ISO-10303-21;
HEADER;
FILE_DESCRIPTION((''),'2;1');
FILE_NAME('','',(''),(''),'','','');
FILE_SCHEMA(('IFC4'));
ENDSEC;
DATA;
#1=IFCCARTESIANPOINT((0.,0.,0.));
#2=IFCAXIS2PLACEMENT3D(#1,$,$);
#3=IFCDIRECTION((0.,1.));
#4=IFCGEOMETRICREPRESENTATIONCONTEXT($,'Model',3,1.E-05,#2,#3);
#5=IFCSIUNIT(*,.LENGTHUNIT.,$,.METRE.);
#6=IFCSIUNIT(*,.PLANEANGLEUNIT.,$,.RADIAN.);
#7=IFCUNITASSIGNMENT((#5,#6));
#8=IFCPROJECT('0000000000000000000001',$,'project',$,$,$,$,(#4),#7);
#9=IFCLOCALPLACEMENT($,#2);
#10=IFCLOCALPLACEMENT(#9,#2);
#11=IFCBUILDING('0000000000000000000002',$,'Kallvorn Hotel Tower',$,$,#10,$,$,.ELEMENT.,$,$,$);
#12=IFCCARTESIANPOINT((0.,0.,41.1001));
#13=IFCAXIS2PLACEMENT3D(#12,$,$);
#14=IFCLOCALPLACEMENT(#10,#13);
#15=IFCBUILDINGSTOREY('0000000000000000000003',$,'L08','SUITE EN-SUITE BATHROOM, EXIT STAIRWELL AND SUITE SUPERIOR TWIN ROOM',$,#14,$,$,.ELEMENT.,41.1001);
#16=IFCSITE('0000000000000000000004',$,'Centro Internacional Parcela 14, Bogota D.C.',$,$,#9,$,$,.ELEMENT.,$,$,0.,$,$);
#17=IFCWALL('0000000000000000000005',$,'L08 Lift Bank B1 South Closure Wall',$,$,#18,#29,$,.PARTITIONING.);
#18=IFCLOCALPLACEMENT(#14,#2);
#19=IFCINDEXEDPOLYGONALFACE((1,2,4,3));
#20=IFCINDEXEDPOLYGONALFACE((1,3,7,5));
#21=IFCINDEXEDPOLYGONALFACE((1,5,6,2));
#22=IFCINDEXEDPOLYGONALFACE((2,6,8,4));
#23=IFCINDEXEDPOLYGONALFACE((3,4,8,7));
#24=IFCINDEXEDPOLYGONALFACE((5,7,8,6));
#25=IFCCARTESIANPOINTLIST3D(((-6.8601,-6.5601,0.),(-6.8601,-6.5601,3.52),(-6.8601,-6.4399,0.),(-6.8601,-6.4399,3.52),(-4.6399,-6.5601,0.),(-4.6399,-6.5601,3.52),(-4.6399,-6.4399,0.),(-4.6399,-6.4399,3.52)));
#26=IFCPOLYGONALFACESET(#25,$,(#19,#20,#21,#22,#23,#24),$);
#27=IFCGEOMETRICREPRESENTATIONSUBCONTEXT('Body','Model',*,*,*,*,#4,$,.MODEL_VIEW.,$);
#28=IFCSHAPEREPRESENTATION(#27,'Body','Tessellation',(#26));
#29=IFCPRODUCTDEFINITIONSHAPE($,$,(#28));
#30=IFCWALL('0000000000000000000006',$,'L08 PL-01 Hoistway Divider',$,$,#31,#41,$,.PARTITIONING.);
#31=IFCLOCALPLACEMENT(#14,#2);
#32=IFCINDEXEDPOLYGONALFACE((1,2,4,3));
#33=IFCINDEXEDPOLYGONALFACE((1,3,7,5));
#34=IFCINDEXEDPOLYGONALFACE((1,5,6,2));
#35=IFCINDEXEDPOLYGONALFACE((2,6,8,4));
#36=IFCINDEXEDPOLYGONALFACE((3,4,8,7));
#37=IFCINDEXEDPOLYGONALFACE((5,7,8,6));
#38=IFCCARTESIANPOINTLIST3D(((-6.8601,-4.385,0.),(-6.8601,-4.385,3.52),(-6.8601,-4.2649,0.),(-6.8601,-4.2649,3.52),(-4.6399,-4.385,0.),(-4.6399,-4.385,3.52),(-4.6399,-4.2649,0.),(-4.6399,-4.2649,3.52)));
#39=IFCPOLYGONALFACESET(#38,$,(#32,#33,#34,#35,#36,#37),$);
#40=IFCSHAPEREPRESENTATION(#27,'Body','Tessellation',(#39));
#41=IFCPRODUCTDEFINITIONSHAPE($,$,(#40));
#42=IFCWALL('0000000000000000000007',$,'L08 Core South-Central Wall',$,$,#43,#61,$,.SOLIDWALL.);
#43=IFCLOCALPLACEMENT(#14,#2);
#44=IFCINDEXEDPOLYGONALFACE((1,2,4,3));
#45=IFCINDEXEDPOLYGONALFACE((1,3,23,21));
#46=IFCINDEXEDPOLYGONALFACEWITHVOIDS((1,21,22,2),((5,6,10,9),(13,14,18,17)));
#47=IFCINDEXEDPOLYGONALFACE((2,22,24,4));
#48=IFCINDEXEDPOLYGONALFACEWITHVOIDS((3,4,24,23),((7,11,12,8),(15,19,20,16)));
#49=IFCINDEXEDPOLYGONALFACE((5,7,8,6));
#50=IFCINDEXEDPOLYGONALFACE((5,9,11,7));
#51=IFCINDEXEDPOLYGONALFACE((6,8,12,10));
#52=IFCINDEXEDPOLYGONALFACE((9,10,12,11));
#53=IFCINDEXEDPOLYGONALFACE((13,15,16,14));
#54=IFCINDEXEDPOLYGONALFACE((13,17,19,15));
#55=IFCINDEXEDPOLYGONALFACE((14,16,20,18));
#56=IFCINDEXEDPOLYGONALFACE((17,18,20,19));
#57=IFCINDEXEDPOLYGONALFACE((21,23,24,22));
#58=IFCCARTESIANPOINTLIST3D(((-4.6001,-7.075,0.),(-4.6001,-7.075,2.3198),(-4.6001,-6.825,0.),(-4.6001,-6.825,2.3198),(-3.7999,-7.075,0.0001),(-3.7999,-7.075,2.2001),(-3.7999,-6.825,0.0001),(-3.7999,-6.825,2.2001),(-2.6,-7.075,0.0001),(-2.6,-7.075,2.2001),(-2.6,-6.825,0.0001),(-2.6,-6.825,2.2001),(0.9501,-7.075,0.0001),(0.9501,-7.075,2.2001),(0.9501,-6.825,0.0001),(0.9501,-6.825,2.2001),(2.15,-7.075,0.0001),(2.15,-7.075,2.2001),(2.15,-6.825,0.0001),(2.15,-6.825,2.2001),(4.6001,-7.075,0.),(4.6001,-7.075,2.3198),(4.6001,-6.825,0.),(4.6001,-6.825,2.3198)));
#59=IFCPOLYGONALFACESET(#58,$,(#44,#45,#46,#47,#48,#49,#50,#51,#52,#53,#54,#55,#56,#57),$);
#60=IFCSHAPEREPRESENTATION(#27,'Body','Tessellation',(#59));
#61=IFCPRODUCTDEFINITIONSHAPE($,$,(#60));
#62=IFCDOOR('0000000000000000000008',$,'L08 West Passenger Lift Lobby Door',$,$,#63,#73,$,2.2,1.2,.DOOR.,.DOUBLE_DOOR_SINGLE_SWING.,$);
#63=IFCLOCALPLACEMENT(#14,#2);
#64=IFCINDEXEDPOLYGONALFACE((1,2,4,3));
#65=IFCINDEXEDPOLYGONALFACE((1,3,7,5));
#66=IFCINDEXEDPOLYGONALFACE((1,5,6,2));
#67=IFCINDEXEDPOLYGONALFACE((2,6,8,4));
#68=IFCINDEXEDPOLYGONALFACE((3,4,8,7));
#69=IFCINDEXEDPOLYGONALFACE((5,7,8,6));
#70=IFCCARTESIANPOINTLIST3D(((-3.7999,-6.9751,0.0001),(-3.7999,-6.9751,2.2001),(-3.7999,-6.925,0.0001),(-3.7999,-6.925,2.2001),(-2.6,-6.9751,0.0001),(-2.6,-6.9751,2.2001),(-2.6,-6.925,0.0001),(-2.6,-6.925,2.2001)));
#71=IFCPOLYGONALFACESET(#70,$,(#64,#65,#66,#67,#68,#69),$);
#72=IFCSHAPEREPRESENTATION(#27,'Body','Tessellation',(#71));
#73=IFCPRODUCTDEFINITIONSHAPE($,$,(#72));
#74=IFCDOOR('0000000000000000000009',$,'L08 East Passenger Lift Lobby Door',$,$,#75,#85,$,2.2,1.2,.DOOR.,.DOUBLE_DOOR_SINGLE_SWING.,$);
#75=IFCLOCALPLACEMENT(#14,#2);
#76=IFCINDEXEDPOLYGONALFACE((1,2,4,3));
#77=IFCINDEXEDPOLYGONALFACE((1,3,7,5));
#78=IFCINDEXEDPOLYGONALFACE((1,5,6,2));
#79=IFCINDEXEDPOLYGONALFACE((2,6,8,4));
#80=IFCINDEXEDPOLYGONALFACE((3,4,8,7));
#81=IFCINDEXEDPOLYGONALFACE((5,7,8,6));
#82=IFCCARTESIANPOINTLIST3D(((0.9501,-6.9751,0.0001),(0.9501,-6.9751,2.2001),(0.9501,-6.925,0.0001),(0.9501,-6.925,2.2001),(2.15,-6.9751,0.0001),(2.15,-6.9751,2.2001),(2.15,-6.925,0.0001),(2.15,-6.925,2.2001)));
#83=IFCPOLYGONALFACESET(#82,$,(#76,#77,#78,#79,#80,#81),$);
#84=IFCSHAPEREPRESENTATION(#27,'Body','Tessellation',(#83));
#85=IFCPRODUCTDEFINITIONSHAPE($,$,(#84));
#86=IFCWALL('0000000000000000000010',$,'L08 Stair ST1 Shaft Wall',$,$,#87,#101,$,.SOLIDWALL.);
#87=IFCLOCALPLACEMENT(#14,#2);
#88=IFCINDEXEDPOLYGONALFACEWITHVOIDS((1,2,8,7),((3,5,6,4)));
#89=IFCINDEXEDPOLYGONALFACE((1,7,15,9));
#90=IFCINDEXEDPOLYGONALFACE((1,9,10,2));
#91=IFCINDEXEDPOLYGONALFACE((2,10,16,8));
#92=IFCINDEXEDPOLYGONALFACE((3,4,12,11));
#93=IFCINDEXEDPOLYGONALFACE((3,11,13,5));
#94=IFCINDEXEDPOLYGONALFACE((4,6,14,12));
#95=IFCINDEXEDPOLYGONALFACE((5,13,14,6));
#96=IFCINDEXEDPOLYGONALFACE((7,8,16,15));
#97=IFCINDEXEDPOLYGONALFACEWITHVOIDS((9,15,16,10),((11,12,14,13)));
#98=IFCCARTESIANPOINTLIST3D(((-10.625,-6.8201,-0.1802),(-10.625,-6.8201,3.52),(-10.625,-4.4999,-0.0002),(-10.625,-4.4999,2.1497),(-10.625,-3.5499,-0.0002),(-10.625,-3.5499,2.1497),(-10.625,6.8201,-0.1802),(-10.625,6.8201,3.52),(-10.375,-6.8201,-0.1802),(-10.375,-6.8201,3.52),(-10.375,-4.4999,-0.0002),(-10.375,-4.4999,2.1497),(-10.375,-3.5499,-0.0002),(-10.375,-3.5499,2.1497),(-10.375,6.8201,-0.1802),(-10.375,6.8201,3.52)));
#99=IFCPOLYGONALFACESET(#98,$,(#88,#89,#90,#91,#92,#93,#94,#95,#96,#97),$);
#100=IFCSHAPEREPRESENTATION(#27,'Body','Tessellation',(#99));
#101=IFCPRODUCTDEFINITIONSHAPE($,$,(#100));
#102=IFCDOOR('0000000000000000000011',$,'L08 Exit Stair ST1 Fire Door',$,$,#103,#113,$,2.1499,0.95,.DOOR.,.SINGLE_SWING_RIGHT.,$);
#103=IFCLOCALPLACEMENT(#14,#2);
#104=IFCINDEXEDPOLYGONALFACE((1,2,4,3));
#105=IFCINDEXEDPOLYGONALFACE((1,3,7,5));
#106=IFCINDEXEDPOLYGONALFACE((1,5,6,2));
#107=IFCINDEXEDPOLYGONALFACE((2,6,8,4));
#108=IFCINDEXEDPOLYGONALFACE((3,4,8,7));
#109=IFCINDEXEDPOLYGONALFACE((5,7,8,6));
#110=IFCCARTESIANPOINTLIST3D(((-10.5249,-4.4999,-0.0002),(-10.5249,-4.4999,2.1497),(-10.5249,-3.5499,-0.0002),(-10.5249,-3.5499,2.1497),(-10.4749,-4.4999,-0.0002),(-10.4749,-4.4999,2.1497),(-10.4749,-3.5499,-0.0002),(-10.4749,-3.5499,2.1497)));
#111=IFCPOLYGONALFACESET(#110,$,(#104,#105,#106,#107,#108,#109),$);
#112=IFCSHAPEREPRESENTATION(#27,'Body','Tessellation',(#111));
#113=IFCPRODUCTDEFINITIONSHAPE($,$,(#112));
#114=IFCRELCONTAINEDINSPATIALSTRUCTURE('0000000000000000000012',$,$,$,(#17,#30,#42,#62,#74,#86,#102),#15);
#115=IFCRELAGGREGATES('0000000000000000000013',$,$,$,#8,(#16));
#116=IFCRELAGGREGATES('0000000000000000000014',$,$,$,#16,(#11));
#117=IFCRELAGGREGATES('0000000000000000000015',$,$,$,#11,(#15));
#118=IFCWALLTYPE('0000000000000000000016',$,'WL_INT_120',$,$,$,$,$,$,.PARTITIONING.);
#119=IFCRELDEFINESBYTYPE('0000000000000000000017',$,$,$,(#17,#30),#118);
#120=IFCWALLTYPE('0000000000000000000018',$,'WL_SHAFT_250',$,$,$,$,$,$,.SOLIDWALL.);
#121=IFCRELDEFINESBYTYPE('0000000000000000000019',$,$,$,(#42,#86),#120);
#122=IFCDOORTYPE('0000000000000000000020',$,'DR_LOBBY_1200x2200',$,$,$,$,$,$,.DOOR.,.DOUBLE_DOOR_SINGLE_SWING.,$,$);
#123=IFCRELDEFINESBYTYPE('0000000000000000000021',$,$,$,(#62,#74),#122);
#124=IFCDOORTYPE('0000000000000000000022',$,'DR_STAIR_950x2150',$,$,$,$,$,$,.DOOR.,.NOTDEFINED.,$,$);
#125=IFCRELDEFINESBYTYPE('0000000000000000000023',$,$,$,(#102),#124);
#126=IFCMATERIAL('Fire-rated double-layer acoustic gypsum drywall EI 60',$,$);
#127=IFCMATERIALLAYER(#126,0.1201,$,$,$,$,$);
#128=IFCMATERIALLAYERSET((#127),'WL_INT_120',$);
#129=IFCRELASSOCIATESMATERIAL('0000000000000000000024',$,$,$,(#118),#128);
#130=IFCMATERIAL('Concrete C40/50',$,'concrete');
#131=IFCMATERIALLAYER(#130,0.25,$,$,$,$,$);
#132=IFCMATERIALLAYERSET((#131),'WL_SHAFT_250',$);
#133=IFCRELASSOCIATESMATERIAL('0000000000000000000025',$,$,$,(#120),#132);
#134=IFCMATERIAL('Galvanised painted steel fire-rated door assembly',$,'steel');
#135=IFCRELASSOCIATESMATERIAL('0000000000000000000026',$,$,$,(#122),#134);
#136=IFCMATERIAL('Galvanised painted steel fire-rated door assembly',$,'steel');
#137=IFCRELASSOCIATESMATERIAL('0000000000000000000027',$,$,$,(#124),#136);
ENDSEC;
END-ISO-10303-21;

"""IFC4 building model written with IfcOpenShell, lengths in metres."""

from ifc_helpers import new_model, si_unit, direction, frame, frame_2d, origin, place, context, subcontext, project, spatial, rectangle, extrude, material, layer, layer_set, type_object, element, fill, save


model = new_model("IFC4")

# Units and contexts
model_context = context("Model", 3, precision=1e-05, world=origin(), true_north=direction((0.0, 1.0)))
body_context = subcontext(model_context, "Body", "Model", "MODEL_VIEW")
ifc_project = project(units=[si_unit("LENGTHUNIT", "METRE"), si_unit("PLANEANGLEUNIT", "RADIAN")], contexts=[model_context])

# Site, building, storey
site_placement = place(None, origin())
site = spatial("IfcSite", under=ifc_project, at=site_placement, Name="Centro Internacional Parcela 14, Bogota D.C.", CompositionType="ELEMENT", RefElevation=0.0)
building_placement = place(site_placement, origin())
building = spatial("IfcBuilding", under=site, at=building_placement, Name="Kallvorn Hotel Tower", CompositionType="ELEMENT")
storey_placement = place(building_placement, frame((0.0, 0.0, 41.1001)))
storey = spatial("IfcBuildingStorey", under=building, at=storey_placement, Name="L08", Description="SUITE EN-SUITE BATHROOM, EXIT STAIRWELL AND SUITE SUPERIOR TWIN ROOM", CompositionType="ELEMENT", Elevation=41.1001)

# Walls
ifc_material_1 = material(Name="Fire-rated double-layer acoustic gypsum drywall EI 60")
ifc_layer_1 = layer(ifc_material_1, 0.1201)
ifc_layer_set_1 = layer_set([ifc_layer_1], Name="WL_INT_120")
wall_type_1 = type_object("IfcWallType", Name="WL_INT_120", PredefinedType="PARTITIONING", material=ifc_layer_set_1)
for number, where, z_axis, x_axis, name in (
    (1, (-6.8601, -6.5, 0.0), (0.0, 0.0, 1.0), (1.0, 0.0, 0.0), "L08 Lift Bank B1 South Closure Wall"),
    (2, (-6.8601, -4.325, 0.0), (0.0, 0.0, 1.0), (1.0, 0.0, 0.0), "L08 PL-01 Hoistway Divider"),
):
    element("IfcWall", number, at=place(storey_placement, frame(where, z_axis=z_axis, x_axis=x_axis)), inside=storey, type_object=wall_type_1, Name=name, PredefinedType="PARTITIONING", context=body_context, shape_type="SweptSolid", body=[
        extrude(rectangle(XDim=2.2202, YDim=0.1201, at=frame_2d((1.1101, 0.0))), origin(), (0.0, 0.0, 1.0), 3.52),
    ])

# Wall, openings, doors
ifc_material_2 = material(Name="Concrete C40/50", Category="concrete")
ifc_layer_2 = layer(ifc_material_2, 0.25)
ifc_layer_set_2 = layer_set([ifc_layer_2], Name="WL_SHAFT_250")
wall_type_2 = type_object("IfcWallType", Name="WL_SHAFT_250", PredefinedType="SOLIDWALL", material=ifc_layer_set_2)
wall_1_placement = place(storey_placement, frame((-4.6001, -6.95, 0.0), z_axis=(0.0, 0.0, 1.0), x_axis=(1.0, 0.0, 0.0)))
wall_1 = element("IfcWall", 3, at=wall_1_placement, inside=storey, type_object=wall_type_2, Name="L08 Core South-Central Wall", PredefinedType="SOLIDWALL", context=body_context, shape_type="SweptSolid", body=[
    extrude(rectangle(XDim=9.2002, YDim=0.25, at=frame_2d((4.6001, 0.0))), origin(), (0.0, 0.0, 1.0), 2.3198),
])
opening_1_placement = place(wall_1_placement, frame((0.8, 0.0, 0.0)))
opening_1 = element("IfcOpeningElement", 4, at=opening_1_placement, cuts=wall_1, PredefinedType="OPENING", context=body_context, shape_type="SweptSolid", body=[
    extrude(rectangle(XDim=1.2, YDim=2.2, at=frame_2d((0.6001, 1.1001))), frame((0.0, 0.1399, 0.0), z_axis=(0.0, -1.0, 0.0), x_axis=(1.0, 0.0, 0.0)), (0.0, 0.0, 1.0), 0.28),
])
opening_2_placement = place(wall_1_placement, frame((5.55, 0.0, 0.0)))
opening_2 = element("IfcOpeningElement", 5, at=opening_2_placement, cuts=wall_1, PredefinedType="OPENING", context=body_context, shape_type="SweptSolid", body=[
    extrude(rectangle(XDim=1.2, YDim=2.2, at=frame_2d((0.6001, 1.1001))), frame((0.0, 0.1399, 0.0), z_axis=(0.0, -1.0, 0.0), x_axis=(1.0, 0.0, 0.0)), (0.0, 0.0, 1.0), 0.28),
])
ifc_material_3 = material(Name="Galvanised painted steel fire-rated door assembly", Category="steel")
door_type_1 = type_object("IfcDoorType", Name="DR_LOBBY_1200x2200", OperationType="DOUBLE_DOOR_SINGLE_SWING", PredefinedType="DOOR", material=ifc_material_3)
door_1_placement = place(opening_1_placement, origin())
door_1 = element("IfcDoor", 6, at=door_1_placement, inside=storey, type_object=door_type_1, Name="L08 West Passenger Lift Lobby Door", OperationType="DOUBLE_DOOR_SINGLE_SWING", OverallHeight=2.2, OverallWidth=1.2, PredefinedType="DOOR", context=body_context, shape_type="SweptSolid", body=[
    extrude(rectangle(XDim=1.2, YDim=2.2, at=frame_2d((0.6001, 1.1001))), frame((0.0, 0.0249, 0.0), z_axis=(0.0, -1.0, 0.0), x_axis=(1.0, 0.0, 0.0)), (0.0, 0.0, 1.0), 0.05),
])
fill(opening_1, door_1)
door_2_placement = place(opening_2_placement, origin())
door_2 = element("IfcDoor", 7, at=door_2_placement, inside=storey, type_object=door_type_1, Name="L08 East Passenger Lift Lobby Door", OperationType="DOUBLE_DOOR_SINGLE_SWING", OverallHeight=2.2, OverallWidth=1.2, PredefinedType="DOOR", context=body_context, shape_type="SweptSolid", body=[
    extrude(rectangle(XDim=1.2, YDim=2.2, at=frame_2d((0.6001, 1.1001))), frame((0.0, 0.0249, 0.0), z_axis=(0.0, -1.0, 0.0), x_axis=(1.0, 0.0, 0.0)), (0.0, 0.0, 1.0), 0.05),
])
fill(opening_2, door_2)

# Wall, opening, door
wall_2_placement = place(storey_placement, frame((-10.5, -6.8201, -0.1802), z_axis=(0.0, 0.0, 1.0), x_axis=(0.0, 1.0, 0.0)))
wall_2 = element("IfcWall", 8, at=wall_2_placement, inside=storey, type_object=wall_type_2, Name="L08 Stair ST1 Shaft Wall", PredefinedType="SOLIDWALL", context=body_context, shape_type="SweptSolid", body=[
    extrude(rectangle(XDim=13.6401, YDim=0.25, at=frame_2d((6.8201, 0.0))), origin(), (0.0, 0.0, 1.0), 3.7002),
])
opening_3_placement = place(wall_2_placement, frame((2.3201, 0.0, 0.1799)))
opening_3 = element("IfcOpeningElement", 9, at=opening_3_placement, cuts=wall_2, PredefinedType="OPENING", context=body_context, shape_type="SweptSolid", body=[
    extrude(rectangle(XDim=0.95, YDim=2.1499, at=frame_2d((0.4751, 1.075))), frame((0.0, 0.1399, 0.0), z_axis=(0.0, -1.0, 0.0), x_axis=(1.0, 0.0, 0.0)), (0.0, 0.0, 1.0), 0.28),
])
ifc_material_4 = material(Name="Galvanised painted steel fire-rated door assembly", Category="steel")
door_type_2 = type_object("IfcDoorType", Name="DR_STAIR_950x2150", OperationType="NOTDEFINED", PredefinedType="DOOR", material=ifc_material_4)
door_3_placement = place(opening_3_placement, origin())
door_3 = element("IfcDoor", 10, at=door_3_placement, inside=storey, type_object=door_type_2, Name="L08 Exit Stair ST1 Fire Door", OperationType="SINGLE_SWING_RIGHT", OverallHeight=2.1499, OverallWidth=0.95, PredefinedType="DOOR", context=body_context, shape_type="SweptSolid", body=[
    extrude(rectangle(XDim=0.95, YDim=2.1499, at=frame_2d((0.4751, 1.075))), frame((0.0, 0.0249, 0.0), z_axis=(0.0, -1.0, 0.0), x_axis=(1.0, 0.0, 0.0)), (0.0, 0.0, 1.0), 0.05),
])
fill(opening_3, door_3)

save(model, "model.ifc")
